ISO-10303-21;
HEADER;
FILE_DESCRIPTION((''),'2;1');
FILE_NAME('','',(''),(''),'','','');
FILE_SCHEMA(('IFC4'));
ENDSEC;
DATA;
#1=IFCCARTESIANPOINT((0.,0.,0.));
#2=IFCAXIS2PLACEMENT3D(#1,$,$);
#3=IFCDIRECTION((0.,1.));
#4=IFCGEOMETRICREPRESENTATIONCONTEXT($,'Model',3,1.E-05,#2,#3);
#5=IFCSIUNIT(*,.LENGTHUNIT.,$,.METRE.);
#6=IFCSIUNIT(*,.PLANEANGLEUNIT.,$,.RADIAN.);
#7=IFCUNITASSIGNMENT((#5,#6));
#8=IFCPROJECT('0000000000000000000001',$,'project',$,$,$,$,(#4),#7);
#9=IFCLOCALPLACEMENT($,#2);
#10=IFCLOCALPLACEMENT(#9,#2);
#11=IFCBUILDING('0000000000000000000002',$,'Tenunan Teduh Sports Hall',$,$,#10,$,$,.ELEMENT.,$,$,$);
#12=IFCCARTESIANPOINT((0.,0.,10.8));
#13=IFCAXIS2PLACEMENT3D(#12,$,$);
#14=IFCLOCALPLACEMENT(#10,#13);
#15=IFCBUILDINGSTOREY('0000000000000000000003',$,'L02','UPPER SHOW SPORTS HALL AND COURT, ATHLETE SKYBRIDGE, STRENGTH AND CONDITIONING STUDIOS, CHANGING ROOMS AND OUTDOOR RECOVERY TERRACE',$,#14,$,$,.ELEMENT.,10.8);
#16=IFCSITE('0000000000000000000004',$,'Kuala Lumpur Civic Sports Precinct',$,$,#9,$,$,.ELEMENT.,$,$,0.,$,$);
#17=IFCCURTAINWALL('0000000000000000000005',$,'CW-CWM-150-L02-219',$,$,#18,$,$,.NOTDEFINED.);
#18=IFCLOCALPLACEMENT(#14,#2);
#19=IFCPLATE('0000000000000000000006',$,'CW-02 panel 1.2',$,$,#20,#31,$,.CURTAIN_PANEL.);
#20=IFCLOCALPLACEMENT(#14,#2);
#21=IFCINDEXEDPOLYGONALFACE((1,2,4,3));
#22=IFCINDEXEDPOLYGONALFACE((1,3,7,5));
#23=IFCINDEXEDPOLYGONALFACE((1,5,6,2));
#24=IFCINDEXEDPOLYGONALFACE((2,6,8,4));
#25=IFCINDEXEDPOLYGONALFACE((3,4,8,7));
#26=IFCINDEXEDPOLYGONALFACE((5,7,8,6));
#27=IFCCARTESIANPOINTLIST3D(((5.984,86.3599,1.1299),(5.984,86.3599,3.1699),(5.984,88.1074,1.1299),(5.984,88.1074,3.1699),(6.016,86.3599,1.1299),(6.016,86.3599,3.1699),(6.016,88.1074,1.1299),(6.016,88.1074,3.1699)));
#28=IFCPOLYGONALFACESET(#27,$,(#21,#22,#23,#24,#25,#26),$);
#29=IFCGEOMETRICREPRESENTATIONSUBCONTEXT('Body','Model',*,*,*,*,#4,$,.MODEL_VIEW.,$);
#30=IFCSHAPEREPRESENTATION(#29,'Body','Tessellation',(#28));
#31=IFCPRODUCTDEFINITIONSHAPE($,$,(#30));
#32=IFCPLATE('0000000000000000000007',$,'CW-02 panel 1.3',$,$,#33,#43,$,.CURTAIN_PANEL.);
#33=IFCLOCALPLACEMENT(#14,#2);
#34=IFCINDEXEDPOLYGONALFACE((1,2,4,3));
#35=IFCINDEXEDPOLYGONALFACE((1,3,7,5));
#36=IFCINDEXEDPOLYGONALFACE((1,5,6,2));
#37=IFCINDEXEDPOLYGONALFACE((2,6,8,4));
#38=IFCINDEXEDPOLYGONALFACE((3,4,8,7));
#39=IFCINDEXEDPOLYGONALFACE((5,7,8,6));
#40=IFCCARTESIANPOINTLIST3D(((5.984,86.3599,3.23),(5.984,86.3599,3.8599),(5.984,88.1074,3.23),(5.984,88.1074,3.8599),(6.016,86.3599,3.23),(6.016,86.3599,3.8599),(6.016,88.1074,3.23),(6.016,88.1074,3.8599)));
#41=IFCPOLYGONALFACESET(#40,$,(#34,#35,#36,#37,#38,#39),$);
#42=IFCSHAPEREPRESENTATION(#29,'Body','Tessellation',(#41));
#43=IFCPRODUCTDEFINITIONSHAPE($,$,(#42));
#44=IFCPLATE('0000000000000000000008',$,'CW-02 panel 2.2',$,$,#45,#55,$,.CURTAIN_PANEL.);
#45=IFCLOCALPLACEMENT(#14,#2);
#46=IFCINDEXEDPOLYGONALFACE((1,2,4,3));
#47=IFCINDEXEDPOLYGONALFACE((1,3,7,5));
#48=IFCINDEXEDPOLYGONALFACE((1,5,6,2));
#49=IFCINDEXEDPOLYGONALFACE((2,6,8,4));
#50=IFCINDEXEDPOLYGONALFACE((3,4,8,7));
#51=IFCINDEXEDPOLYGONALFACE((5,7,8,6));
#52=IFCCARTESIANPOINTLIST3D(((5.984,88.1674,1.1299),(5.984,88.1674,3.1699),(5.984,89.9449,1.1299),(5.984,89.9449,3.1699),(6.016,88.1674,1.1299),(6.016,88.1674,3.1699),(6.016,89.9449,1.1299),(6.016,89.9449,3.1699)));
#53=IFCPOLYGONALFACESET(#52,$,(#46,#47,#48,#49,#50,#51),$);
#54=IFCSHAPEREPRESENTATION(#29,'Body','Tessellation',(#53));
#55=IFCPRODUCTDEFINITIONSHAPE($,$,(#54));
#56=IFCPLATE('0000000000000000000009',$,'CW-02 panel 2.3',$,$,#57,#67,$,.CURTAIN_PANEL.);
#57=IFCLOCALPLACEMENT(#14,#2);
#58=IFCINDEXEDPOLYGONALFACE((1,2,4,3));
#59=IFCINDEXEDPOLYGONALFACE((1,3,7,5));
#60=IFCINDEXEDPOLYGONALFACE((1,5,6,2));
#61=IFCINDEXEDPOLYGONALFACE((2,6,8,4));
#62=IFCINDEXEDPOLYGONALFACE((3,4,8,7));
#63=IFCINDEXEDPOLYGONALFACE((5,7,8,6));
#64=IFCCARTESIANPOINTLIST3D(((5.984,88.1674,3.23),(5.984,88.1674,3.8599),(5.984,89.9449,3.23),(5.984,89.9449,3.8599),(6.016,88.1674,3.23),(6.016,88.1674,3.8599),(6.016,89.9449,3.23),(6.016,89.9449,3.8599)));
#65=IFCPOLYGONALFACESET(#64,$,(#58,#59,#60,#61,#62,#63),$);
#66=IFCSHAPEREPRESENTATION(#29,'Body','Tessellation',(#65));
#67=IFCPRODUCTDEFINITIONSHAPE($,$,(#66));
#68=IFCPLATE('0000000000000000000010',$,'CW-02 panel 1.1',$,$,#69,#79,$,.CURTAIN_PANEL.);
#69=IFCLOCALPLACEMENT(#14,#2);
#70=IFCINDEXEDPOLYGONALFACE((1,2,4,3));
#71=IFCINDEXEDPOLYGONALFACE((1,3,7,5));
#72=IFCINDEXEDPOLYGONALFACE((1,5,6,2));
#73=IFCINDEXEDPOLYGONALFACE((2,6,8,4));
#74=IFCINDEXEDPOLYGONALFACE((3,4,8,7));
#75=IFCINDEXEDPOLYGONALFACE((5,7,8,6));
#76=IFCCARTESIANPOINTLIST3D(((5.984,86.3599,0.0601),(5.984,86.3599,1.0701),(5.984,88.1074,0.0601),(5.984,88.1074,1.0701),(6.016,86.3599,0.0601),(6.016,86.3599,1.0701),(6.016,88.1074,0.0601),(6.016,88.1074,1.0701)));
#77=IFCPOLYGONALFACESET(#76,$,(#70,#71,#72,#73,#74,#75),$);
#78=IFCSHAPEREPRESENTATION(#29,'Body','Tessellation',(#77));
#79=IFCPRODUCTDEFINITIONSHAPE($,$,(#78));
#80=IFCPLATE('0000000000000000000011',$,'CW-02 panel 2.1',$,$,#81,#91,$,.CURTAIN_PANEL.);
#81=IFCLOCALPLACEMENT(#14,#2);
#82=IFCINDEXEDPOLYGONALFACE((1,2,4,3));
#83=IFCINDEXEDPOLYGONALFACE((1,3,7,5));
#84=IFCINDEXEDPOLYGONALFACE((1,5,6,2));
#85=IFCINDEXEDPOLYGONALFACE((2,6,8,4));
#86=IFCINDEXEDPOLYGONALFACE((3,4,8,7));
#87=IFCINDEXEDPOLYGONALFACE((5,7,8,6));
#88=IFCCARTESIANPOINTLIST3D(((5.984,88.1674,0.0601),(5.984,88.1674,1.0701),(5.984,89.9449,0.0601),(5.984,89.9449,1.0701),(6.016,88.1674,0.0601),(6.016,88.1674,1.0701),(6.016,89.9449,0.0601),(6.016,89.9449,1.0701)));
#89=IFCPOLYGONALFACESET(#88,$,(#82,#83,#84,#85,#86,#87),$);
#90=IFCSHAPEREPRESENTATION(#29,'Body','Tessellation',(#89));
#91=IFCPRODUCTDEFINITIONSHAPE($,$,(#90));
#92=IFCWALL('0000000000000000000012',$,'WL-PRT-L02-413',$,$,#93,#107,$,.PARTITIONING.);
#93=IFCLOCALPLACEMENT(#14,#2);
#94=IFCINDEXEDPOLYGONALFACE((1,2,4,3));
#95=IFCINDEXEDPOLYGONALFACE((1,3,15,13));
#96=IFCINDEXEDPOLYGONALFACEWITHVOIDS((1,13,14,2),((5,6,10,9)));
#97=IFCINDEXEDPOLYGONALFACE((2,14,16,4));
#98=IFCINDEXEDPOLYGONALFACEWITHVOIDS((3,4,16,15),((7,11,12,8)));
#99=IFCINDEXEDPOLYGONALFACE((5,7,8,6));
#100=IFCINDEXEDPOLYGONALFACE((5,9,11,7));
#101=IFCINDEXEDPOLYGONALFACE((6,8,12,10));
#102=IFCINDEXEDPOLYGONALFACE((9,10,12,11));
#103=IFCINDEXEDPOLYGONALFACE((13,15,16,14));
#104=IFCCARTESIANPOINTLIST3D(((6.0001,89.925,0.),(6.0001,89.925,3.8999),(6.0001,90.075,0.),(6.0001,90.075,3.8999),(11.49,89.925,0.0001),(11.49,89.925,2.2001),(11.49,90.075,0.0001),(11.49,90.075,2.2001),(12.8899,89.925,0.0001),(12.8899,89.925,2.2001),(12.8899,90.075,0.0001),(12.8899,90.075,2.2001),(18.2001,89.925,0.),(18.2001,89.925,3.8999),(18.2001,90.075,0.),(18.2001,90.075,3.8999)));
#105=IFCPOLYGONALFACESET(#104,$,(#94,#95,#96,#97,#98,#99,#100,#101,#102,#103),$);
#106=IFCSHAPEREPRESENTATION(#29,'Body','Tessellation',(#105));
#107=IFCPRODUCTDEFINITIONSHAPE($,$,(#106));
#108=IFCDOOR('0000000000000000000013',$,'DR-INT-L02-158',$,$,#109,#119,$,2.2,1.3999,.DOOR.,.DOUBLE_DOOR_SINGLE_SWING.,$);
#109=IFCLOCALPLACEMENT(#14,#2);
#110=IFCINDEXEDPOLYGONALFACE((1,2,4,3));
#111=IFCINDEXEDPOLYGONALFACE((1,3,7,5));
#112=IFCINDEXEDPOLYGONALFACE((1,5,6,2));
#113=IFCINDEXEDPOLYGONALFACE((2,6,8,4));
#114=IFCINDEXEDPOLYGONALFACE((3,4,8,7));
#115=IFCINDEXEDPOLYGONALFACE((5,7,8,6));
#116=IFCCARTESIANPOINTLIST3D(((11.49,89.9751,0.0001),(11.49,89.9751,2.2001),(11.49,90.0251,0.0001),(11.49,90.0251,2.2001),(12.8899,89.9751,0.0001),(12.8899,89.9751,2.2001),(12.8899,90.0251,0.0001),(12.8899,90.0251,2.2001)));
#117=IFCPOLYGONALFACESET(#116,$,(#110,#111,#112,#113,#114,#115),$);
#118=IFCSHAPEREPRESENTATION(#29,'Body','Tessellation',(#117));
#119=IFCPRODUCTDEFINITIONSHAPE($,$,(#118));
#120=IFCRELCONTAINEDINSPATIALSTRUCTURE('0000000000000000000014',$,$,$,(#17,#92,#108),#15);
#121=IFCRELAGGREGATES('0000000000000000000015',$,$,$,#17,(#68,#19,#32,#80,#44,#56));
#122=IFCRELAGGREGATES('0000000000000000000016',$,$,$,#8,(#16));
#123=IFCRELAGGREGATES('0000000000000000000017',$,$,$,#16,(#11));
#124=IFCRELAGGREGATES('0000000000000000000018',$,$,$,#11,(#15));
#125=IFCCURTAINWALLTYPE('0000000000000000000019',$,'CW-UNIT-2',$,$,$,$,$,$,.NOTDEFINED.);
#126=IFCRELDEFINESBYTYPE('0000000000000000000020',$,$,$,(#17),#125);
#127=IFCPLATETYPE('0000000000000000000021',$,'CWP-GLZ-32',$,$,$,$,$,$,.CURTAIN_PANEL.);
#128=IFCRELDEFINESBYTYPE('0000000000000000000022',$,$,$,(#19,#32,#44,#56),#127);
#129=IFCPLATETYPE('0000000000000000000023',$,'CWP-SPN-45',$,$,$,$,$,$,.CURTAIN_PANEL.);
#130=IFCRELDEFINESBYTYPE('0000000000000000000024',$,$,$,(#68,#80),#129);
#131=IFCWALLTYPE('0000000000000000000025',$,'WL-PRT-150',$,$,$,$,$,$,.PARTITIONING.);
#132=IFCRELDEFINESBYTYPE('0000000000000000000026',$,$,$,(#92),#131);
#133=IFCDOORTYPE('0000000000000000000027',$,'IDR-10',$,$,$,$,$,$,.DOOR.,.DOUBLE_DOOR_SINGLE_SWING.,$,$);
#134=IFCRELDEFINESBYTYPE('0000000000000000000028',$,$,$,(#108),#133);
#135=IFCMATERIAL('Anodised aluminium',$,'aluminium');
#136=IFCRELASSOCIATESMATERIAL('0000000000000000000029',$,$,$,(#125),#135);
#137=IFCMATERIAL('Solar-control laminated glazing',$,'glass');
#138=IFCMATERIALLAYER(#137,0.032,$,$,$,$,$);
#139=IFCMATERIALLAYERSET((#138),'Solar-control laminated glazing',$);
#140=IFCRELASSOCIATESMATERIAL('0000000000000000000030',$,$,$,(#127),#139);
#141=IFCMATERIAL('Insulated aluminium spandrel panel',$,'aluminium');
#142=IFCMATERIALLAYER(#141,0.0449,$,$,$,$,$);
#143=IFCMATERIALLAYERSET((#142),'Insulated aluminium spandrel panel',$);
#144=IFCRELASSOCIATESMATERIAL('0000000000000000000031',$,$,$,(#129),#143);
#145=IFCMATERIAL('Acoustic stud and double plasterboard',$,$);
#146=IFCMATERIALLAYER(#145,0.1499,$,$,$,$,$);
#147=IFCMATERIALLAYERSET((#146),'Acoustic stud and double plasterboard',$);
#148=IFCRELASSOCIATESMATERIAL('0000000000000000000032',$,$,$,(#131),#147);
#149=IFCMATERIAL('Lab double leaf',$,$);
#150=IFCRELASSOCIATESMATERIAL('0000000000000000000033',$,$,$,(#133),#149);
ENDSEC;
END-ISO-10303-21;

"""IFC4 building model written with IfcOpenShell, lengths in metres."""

from ifc_helpers import new_model, si_unit, direction, frame, frame_2d, origin, origin_2d, place, context, subcontext, project, spatial, rectangle, extrude, material, layer, layer_set, type_object, element, fill, aggregate, save


model = new_model("IFC4")

# Units and contexts
model_context = context("Model", 3, precision=1e-05, world=origin(), true_north=direction((0.0, 1.0)))
body_context = subcontext(model_context, "Body", "Model", "MODEL_VIEW")
ifc_project = project(units=[si_unit("LENGTHUNIT", "METRE"), si_unit("PLANEANGLEUNIT", "RADIAN")], contexts=[model_context])

# Site, building, storey
site_placement = place(None, origin())
site = spatial("IfcSite", under=ifc_project, at=site_placement, Name="Kuala Lumpur Civic Sports Precinct", CompositionType="ELEMENT", RefElevation=0.0)
building_placement = place(site_placement, origin())
building = spatial("IfcBuilding", under=site, at=building_placement, Name="Tenunan Teduh Sports Hall", CompositionType="ELEMENT")
storey_placement = place(building_placement, frame((0.0, 0.0, 10.8)))
storey = spatial("IfcBuildingStorey", under=building, at=storey_placement, Name="L02", Description="UPPER SHOW SPORTS HALL AND COURT, ATHLETE SKYBRIDGE, STRENGTH AND CONDITIONING STUDIOS, CHANGING ROOMS AND OUTDOOR RECOVERY TERRACE", CompositionType="ELEMENT", Elevation=10.8)

# Curtain wall, plates
ifc_material_1 = material(Name="Anodised aluminium", Category="aluminium")
curtain_wall_type = type_object("IfcCurtainWallType", Name="CW-UNIT-2", PredefinedType="NOTDEFINED", material=ifc_material_1)
curtain_wall_placement = place(storey_placement, origin())
curtain_wall = element("IfcCurtainWall", 1, at=curtain_wall_placement, inside=storey, type_object=curtain_wall_type, Name="CW-CWM-150-L02-219", PredefinedType="NOTDEFINED")
ifc_material_2 = material(Name="Solar-control laminated glazing", Category="glass")
ifc_layer_1 = layer(ifc_material_2, 0.032)
ifc_layer_set_1 = layer_set([ifc_layer_1], Name="Solar-control laminated glazing")
plate_type_1 = type_object("IfcPlateType", Name="CWP-GLZ-32", PredefinedType="CURTAIN_PANEL", material=ifc_layer_set_1)
plate_1_placement = place(storey_placement, frame((6.0, 87.2336, 1.1299), z_axis=(0.0, 0.0, 1.0), x_axis=(0.0, 1.0, 0.0)))
plate_1 = element("IfcPlate", 2, at=plate_1_placement, type_object=plate_type_1, Name="CW-02 panel 1.2", PredefinedType="CURTAIN_PANEL", context=body_context, shape_type="SweptSolid", body=[
    extrude(rectangle(XDim=1.7476, YDim=0.032, at=origin_2d()), origin(), (0.0, 0.0, 1.0), 2.04),
])
plate_2_placement = place(storey_placement, frame((6.0, 87.2336, 3.23), z_axis=(0.0, 0.0, 1.0), x_axis=(0.0, 1.0, 0.0)))
plate_2 = element("IfcPlate", 3, at=plate_2_placement, type_object=plate_type_1, Name="CW-02 panel 1.3", PredefinedType="CURTAIN_PANEL", context=body_context, shape_type="SweptSolid", body=[
    extrude(rectangle(XDim=1.7476, YDim=0.032, at=origin_2d()), origin(), (0.0, 0.0, 1.0), 0.6299),
])
plate_3_placement = place(storey_placement, frame((6.0, 89.0562, 1.1299), z_axis=(0.0, 0.0, 1.0), x_axis=(0.0, 1.0, 0.0)))
plate_3 = element("IfcPlate", 4, at=plate_3_placement, type_object=plate_type_1, Name="CW-02 panel 2.2", PredefinedType="CURTAIN_PANEL", context=body_context, shape_type="SweptSolid", body=[
    extrude(rectangle(XDim=1.7776, YDim=0.032, at=origin_2d()), origin(), (0.0, 0.0, 1.0), 2.04),
])
plate_4_placement = place(storey_placement, frame((6.0, 89.0562, 3.23), z_axis=(0.0, 0.0, 1.0), x_axis=(0.0, 1.0, 0.0)))
plate_4 = element("IfcPlate", 5, at=plate_4_placement, type_object=plate_type_1, Name="CW-02 panel 2.3", PredefinedType="CURTAIN_PANEL", context=body_context, shape_type="SweptSolid", body=[
    extrude(rectangle(XDim=1.7776, YDim=0.032, at=origin_2d()), origin(), (0.0, 0.0, 1.0), 0.6299),
])
ifc_material_3 = material(Name="Insulated aluminium spandrel panel", Category="aluminium")
ifc_layer_2 = layer(ifc_material_3, 0.0449)
ifc_layer_set_2 = layer_set([ifc_layer_2], Name="Insulated aluminium spandrel panel")
plate_type_2 = type_object("IfcPlateType", Name="CWP-SPN-45", PredefinedType="CURTAIN_PANEL", material=ifc_layer_set_2)
plate_5_placement = place(storey_placement, frame((6.0, 87.2336, 0.0601), z_axis=(0.0, 0.0, 1.0), x_axis=(0.0, 1.0, 0.0)))
plate_5 = element("IfcPlate", 6, at=plate_5_placement, type_object=plate_type_2, Name="CW-02 panel 1.1", PredefinedType="CURTAIN_PANEL", context=body_context, shape_type="SweptSolid", body=[
    extrude(rectangle(XDim=1.7476, YDim=0.032, at=origin_2d()), origin(), (0.0, 0.0, 1.0), 1.01),
])
plate_6_placement = place(storey_placement, frame((6.0, 89.0562, 0.0601), z_axis=(0.0, 0.0, 1.0), x_axis=(0.0, 1.0, 0.0)))
plate_6 = element("IfcPlate", 7, at=plate_6_placement, type_object=plate_type_2, Name="CW-02 panel 2.1", PredefinedType="CURTAIN_PANEL", context=body_context, shape_type="SweptSolid", body=[
    extrude(rectangle(XDim=1.7776, YDim=0.032, at=origin_2d()), origin(), (0.0, 0.0, 1.0), 1.01),
])
aggregate(curtain_wall, [plate_5, plate_1, plate_2, plate_6, plate_3, plate_4])

# Wall, opening, door
ifc_material_4 = material(Name="Acoustic stud and double plasterboard")
ifc_layer_3 = layer(ifc_material_4, 0.1499)
ifc_layer_set_3 = layer_set([ifc_layer_3], Name="Acoustic stud and double plasterboard")
wall_type = type_object("IfcWallType", Name="WL-PRT-150", PredefinedType="PARTITIONING", material=ifc_layer_set_3)
wall_placement = place(storey_placement, frame((6.0, 90.0, 0.0), z_axis=(0.0, 0.0, 1.0), x_axis=(1.0, 0.0, 0.0)))
wall = element("IfcWall", 8, at=wall_placement, inside=storey, type_object=wall_type, Name="WL-PRT-L02-413", PredefinedType="PARTITIONING", context=body_context, shape_type="SweptSolid", body=[
    extrude(rectangle(XDim=12.2, YDim=0.1499, at=frame_2d((6.1001, 0.0))), origin(), (0.0, 0.0, 1.0), 3.8999),
])
opening_placement = place(wall_placement, frame((5.49, 0.0, 0.0)))
opening = element("IfcOpeningElement", 9, at=opening_placement, cuts=wall, PredefinedType="OPENING", context=body_context, shape_type="SweptSolid", body=[
    extrude(rectangle(XDim=1.3999, YDim=2.2, at=frame_2d((0.7, 1.1001))), frame((0.0, 0.085, 0.0), z_axis=(0.0, -1.0, 0.0), x_axis=(1.0, 0.0, 0.0)), (0.0, 0.0, 1.0), 0.1699),
])
ifc_material_5 = material(Name="Lab double leaf")
door_type = type_object("IfcDoorType", Name="IDR-10", OperationType="DOUBLE_DOOR_SINGLE_SWING", PredefinedType="DOOR", material=ifc_material_5)
door_placement = place(opening_placement, frame((1.3999, 0.0, 0.0), z_axis=(0.0, 0.0, 1.0), x_axis=(-1.0, 0.0, 0.0)))
door = element("IfcDoor", 10, at=door_placement, inside=storey, type_object=door_type, Name="DR-INT-L02-158", OperationType="DOUBLE_DOOR_SINGLE_SWING", OverallHeight=2.2, OverallWidth=1.3999, PredefinedType="DOOR", context=body_context, shape_type="SweptSolid", body=[
    extrude(rectangle(XDim=1.3999, YDim=2.2, at=frame_2d((0.7, 1.1001))), frame((0.0, 0.0249, 0.0), z_axis=(0.0, -1.0, 0.0), x_axis=(1.0, 0.0, 0.0)), (0.0, 0.0, 1.0), 0.05),
])
fill(opening, door)

save(model, "model.ifc")
